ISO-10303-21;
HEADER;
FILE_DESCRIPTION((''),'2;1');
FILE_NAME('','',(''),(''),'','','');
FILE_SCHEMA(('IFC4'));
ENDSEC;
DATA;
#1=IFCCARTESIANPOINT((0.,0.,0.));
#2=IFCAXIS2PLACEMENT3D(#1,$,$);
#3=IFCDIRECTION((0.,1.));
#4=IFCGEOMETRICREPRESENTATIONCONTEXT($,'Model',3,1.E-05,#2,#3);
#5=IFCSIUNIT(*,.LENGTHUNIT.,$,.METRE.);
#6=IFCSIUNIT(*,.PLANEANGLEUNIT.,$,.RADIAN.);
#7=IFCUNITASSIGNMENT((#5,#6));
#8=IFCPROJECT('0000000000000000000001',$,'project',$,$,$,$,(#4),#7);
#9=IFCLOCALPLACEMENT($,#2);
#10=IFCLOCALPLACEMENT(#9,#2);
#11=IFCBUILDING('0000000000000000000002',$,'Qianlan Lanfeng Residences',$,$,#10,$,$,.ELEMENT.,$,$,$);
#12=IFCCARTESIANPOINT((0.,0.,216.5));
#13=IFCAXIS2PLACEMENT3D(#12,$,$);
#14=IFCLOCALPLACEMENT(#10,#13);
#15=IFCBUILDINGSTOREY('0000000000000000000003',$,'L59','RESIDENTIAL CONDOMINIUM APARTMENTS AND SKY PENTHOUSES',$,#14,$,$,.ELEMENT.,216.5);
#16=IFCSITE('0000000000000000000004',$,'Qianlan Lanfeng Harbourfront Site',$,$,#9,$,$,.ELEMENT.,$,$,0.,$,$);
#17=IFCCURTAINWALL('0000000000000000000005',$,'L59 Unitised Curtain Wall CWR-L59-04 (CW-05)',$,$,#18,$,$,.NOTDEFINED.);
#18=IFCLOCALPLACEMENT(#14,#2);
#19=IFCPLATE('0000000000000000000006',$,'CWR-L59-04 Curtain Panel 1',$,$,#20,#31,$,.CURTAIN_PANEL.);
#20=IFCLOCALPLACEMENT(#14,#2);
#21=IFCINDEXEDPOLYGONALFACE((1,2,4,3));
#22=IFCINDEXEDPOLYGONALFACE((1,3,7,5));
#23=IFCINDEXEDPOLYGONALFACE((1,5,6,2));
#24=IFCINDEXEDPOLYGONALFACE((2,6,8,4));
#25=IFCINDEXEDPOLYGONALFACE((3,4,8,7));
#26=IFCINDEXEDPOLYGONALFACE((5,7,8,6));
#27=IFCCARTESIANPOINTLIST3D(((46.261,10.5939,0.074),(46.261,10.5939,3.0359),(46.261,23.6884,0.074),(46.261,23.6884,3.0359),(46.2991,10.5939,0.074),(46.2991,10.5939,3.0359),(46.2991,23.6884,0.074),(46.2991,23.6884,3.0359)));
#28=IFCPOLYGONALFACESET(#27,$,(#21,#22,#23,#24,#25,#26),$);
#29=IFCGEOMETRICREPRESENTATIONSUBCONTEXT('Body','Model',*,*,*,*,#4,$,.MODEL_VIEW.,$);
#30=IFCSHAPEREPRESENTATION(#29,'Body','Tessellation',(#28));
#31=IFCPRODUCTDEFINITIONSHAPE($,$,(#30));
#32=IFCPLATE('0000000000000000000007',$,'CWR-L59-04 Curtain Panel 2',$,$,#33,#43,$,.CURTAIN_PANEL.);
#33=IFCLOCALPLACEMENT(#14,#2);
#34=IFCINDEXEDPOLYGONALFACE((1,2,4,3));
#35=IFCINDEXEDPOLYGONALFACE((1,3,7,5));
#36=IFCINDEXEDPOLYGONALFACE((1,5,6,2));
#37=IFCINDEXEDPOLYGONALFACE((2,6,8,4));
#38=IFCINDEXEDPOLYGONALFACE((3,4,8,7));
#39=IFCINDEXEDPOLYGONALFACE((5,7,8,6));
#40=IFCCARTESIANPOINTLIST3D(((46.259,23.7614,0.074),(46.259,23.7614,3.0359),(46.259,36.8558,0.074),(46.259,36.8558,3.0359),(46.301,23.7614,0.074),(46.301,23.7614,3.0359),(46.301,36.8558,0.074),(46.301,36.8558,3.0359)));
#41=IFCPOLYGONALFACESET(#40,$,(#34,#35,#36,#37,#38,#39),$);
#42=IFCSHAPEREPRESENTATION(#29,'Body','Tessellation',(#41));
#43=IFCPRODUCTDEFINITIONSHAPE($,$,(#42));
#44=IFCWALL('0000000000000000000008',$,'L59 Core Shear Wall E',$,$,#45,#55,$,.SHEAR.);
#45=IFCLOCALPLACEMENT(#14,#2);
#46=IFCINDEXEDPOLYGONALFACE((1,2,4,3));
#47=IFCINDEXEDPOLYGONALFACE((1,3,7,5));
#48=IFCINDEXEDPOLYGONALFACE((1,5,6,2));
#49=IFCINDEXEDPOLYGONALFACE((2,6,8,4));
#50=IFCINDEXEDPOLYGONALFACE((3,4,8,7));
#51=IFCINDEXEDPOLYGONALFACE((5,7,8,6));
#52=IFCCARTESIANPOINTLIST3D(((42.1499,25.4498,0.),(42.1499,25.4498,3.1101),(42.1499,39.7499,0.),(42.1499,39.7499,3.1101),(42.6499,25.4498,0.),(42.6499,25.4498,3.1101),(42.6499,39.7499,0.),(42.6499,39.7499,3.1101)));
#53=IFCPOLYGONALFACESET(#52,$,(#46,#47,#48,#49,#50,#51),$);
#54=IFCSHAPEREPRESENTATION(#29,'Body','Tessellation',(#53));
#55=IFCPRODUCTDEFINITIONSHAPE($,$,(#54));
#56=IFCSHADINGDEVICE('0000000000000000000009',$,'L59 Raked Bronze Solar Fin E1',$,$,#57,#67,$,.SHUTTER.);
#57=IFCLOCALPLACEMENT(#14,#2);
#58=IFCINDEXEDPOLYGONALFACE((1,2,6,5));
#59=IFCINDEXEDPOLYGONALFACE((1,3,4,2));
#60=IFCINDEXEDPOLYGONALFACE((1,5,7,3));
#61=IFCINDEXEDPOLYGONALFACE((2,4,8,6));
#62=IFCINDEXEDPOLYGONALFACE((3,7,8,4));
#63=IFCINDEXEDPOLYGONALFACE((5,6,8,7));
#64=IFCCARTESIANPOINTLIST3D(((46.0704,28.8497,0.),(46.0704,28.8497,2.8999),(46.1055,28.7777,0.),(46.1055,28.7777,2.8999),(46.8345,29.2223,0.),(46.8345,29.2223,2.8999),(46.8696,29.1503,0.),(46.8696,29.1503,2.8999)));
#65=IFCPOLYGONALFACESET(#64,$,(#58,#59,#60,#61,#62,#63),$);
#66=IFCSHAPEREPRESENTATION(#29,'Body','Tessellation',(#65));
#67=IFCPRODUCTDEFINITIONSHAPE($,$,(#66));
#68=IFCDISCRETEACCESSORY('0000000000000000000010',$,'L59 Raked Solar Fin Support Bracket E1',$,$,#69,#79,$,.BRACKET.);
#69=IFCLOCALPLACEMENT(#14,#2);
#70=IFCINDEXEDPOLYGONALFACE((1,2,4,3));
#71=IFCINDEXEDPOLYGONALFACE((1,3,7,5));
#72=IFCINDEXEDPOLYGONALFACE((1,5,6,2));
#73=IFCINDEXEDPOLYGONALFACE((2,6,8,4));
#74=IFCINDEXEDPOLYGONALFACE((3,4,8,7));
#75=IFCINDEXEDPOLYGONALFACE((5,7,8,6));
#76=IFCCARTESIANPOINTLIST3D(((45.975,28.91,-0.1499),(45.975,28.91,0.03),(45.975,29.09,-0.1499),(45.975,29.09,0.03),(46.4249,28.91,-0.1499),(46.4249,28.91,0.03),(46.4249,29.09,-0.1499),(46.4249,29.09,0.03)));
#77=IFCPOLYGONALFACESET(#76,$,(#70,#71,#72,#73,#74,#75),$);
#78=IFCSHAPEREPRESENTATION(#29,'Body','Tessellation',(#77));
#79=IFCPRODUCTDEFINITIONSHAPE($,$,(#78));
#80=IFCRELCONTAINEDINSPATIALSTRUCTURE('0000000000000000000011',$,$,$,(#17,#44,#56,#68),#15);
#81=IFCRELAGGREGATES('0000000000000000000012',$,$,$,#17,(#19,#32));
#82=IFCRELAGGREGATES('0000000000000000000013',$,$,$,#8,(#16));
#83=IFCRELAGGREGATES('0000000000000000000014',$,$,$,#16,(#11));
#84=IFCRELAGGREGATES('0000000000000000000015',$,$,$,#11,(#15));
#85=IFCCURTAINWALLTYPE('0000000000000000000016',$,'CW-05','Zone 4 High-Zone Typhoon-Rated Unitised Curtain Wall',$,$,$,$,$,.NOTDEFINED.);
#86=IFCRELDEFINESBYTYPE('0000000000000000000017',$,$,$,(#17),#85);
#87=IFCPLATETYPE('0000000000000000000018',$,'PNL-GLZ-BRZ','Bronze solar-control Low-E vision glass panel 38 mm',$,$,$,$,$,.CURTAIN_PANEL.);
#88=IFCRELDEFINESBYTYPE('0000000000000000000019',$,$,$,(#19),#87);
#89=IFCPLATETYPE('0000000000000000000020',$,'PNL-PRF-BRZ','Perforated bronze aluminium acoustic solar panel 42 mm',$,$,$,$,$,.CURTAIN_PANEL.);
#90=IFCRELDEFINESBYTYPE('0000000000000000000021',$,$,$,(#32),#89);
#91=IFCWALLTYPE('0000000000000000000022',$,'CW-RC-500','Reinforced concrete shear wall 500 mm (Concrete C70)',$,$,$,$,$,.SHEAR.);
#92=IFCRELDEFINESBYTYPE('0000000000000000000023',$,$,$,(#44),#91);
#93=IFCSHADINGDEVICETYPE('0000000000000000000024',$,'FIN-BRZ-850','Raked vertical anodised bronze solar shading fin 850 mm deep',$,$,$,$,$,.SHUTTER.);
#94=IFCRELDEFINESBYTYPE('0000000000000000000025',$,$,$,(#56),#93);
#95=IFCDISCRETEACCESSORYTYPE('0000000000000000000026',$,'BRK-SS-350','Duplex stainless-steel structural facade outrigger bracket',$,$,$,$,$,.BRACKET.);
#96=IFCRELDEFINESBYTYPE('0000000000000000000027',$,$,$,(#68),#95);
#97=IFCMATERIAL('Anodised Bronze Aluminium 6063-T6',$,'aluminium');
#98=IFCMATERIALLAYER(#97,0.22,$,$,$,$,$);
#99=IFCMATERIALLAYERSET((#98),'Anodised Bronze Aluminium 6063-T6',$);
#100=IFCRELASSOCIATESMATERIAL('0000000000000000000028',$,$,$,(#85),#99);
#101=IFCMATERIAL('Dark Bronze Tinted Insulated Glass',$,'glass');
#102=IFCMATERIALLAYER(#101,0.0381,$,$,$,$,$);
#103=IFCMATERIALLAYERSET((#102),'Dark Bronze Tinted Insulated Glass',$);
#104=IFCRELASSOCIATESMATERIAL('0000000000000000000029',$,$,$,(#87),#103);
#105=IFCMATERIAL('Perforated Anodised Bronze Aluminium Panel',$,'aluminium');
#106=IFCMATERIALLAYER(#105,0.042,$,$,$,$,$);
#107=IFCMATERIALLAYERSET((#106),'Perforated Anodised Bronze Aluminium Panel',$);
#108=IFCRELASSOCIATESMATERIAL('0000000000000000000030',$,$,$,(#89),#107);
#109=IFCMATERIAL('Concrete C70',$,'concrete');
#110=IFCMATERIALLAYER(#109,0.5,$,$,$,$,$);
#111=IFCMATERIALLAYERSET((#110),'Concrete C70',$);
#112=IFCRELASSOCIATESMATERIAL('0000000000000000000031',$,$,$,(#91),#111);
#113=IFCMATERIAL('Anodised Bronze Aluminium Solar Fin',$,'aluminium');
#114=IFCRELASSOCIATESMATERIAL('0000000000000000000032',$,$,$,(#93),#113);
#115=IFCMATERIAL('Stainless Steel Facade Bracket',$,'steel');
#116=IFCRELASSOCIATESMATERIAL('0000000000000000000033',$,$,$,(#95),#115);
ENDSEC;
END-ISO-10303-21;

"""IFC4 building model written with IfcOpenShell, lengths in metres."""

from ifc_helpers import new_model, si_unit, direction, frame, frame_2d, origin, origin_2d, place, context, subcontext, project, spatial, rectangle, extrude, source, transform, mapped, material, layer, layer_set, type_object, element, aggregate, save


model = new_model("IFC4")

# Units and contexts
model_context = context("Model", 3, precision=1e-05, world=origin(), true_north=direction((0.0, 1.0)))
body_context = subcontext(model_context, "Body", "Model", "MODEL_VIEW")
ifc_project = project(units=[si_unit("LENGTHUNIT", "METRE"), si_unit("PLANEANGLEUNIT", "RADIAN")], contexts=[model_context])

# Site, building, storey
site_placement = place(None, origin())
site = spatial("IfcSite", under=ifc_project, at=site_placement, Name="Qianlan Lanfeng Harbourfront Site", CompositionType="ELEMENT", RefElevation=0.0)
building_placement = place(site_placement, origin())
building = spatial("IfcBuilding", under=site, at=building_placement, Name="Qianlan Lanfeng Residences", CompositionType="ELEMENT")
storey_placement = place(building_placement, frame((0.0, 0.0, 216.5)))
storey = spatial("IfcBuildingStorey", under=building, at=storey_placement, Name="L59", Description="RESIDENTIAL CONDOMINIUM APARTMENTS AND SKY PENTHOUSES", CompositionType="ELEMENT", Elevation=216.5)

# Curtain wall, plates
ifc_material_1 = material(Name="Anodised Bronze Aluminium 6063-T6", Category="aluminium")
ifc_layer_1 = layer(ifc_material_1, 0.22)
ifc_layer_set_1 = layer_set([ifc_layer_1], Name="Anodised Bronze Aluminium 6063-T6")
curtain_wall_type = type_object("IfcCurtainWallType", Name="CW-05", Description="Zone 4 High-Zone Typhoon-Rated Unitised Curtain Wall", PredefinedType="NOTDEFINED", material=ifc_layer_set_1)
curtain_wall_placement = place(storey_placement, origin())
curtain_wall = element("IfcCurtainWall", 1, at=curtain_wall_placement, inside=storey, type_object=curtain_wall_type, Name="L59 Unitised Curtain Wall CWR-L59-04 (CW-05)", PredefinedType="NOTDEFINED")
ifc_material_2 = material(Name="Dark Bronze Tinted Insulated Glass", Category="glass")
ifc_layer_2 = layer(ifc_material_2, 0.0381)
ifc_layer_set_2 = layer_set([ifc_layer_2], Name="Dark Bronze Tinted Insulated Glass")
plate_type_1 = type_object("IfcPlateType", Name="PNL-GLZ-BRZ", Description="Bronze solar-control Low-E vision glass panel 38 mm", PredefinedType="CURTAIN_PANEL", material=ifc_layer_set_2)
shared_shape_1 = source(origin(), body_context, "Body", "SweptSolid", [
    extrude(rectangle(XDim=13.0945, YDim=0.0381, at=origin_2d()), origin(), (0.0, 0.0, 1.0), 2.9619),
])
plate_1_placement = place(storey_placement, frame((46.28, 17.1411, 0.074), z_axis=(0.0, 0.0, 1.0), x_axis=(0.0, 1.0, 0.0)))
plate_1 = element("IfcPlate", 2, at=plate_1_placement, type_object=plate_type_1, Name="CWR-L59-04 Curtain Panel 1", PredefinedType="CURTAIN_PANEL", context=body_context, shape_type="MappedRepresentation", body=[
    mapped(shared_shape_1, transform((0.0, 0.0, 0.0), scale=1.0)),
])
ifc_material_3 = material(Name="Perforated Anodised Bronze Aluminium Panel", Category="aluminium")
ifc_layer_3 = layer(ifc_material_3, 0.042)
ifc_layer_set_3 = layer_set([ifc_layer_3], Name="Perforated Anodised Bronze Aluminium Panel")
plate_type_2 = type_object("IfcPlateType", Name="PNL-PRF-BRZ", Description="Perforated bronze aluminium acoustic solar panel 42 mm", PredefinedType="CURTAIN_PANEL", material=ifc_layer_set_3)
shared_shape_2 = source(origin(), body_context, "Body", "SweptSolid", [
    extrude(rectangle(XDim=13.0945, YDim=0.042, at=origin_2d()), origin(), (0.0, 0.0, 1.0), 2.9619),
])
plate_2_placement = place(storey_placement, frame((46.28, 30.3086, 0.074), z_axis=(0.0, 0.0, 1.0), x_axis=(0.0, 1.0, 0.0)))
plate_2 = element("IfcPlate", 3, at=plate_2_placement, type_object=plate_type_2, Name="CWR-L59-04 Curtain Panel 2", PredefinedType="CURTAIN_PANEL", context=body_context, shape_type="MappedRepresentation", body=[
    mapped(shared_shape_2, transform((0.0, 0.0, 0.0), scale=1.0)),
])
aggregate(curtain_wall, [plate_1, plate_2])

# Wall
ifc_material_4 = material(Name="Concrete C70", Category="concrete")
ifc_layer_4 = layer(ifc_material_4, 0.5)
ifc_layer_set_4 = layer_set([ifc_layer_4], Name="Concrete C70")
wall_type_1 = type_object("IfcWallType", Name="CW-RC-500", Description="Reinforced concrete shear wall 500 mm (Concrete C70)", PredefinedType="SHEAR", material=ifc_layer_set_4)
wall_1_placement = place(storey_placement, frame((42.3999, 25.45, 0.0), z_axis=(0.0, 0.0, 1.0), x_axis=(0.0, 1.0, 0.0)))
element("IfcWall", 4, at=wall_1_placement, inside=storey, type_object=wall_type_1, Name="L59 Core Shear Wall E", PredefinedType="SHEAR", context=body_context, shape_type="SweptSolid", body=[
    extrude(rectangle(XDim=14.3, YDim=0.5, at=frame_2d((7.1499, 0.0))), origin(), (0.0, 0.0, 1.0), 3.1101),
])

# Shading device
ifc_material_5 = material(Name="Anodised Bronze Aluminium Solar Fin", Category="aluminium")
shading_device_type = type_object("IfcShadingDeviceType", Name="FIN-BRZ-850", Description="Raked vertical anodised bronze solar shading fin 850 mm deep", PredefinedType="SHUTTER", material=ifc_material_5)
shared_shape_3 = source(origin(), body_context, "Body", "SweptSolid", [
    extrude(rectangle(XDim=0.8501, YDim=0.0801, at=origin_2d()), origin(), (0.0, 0.0, 1.0), 2.8999),
])
shading_device_placement = place(storey_placement, frame((46.47, 29.0, 0.0), z_axis=(0.0, 0.0, 1.0), x_axis=(0.898794, 0.438371, 0.0)))
element("IfcShadingDevice", 5, at=shading_device_placement, inside=storey, type_object=shading_device_type, Name="L59 Raked Bronze Solar Fin E1", PredefinedType="SHUTTER", context=body_context, shape_type="MappedRepresentation", body=[
    mapped(shared_shape_3, transform((0.0, 0.0, 0.0), scale=1.0)),
])

# Discrete accessory
ifc_material_6 = material(Name="Stainless Steel Facade Bracket", Category="steel")
discrete_accessory_type = type_object("IfcDiscreteAccessoryType", Name="BRK-SS-350", Description="Duplex stainless-steel structural facade outrigger bracket", PredefinedType="BRACKET", material=ifc_material_6)
shared_shape_4 = source(origin(), body_context, "Body", "SweptSolid", [
    extrude(rectangle(XDim=0.45, YDim=0.1799, at=origin_2d()), origin(), (0.0, 0.0, 1.0), 0.1799),
])
discrete_accessory_placement = place(storey_placement, frame((46.2, 29.0, -0.1499), z_axis=(0.0, 0.0, 1.0), x_axis=(1.0, 0.0, 0.0)))
element("IfcDiscreteAccessory", 6, at=discrete_accessory_placement, inside=storey, type_object=discrete_accessory_type, Name="L59 Raked Solar Fin Support Bracket E1", PredefinedType="BRACKET", context=body_context, shape_type="MappedRepresentation", body=[
    mapped(shared_shape_4, transform((0.0, 0.0, 0.0), scale=1.0)),
])

save(model, "model.ifc")
